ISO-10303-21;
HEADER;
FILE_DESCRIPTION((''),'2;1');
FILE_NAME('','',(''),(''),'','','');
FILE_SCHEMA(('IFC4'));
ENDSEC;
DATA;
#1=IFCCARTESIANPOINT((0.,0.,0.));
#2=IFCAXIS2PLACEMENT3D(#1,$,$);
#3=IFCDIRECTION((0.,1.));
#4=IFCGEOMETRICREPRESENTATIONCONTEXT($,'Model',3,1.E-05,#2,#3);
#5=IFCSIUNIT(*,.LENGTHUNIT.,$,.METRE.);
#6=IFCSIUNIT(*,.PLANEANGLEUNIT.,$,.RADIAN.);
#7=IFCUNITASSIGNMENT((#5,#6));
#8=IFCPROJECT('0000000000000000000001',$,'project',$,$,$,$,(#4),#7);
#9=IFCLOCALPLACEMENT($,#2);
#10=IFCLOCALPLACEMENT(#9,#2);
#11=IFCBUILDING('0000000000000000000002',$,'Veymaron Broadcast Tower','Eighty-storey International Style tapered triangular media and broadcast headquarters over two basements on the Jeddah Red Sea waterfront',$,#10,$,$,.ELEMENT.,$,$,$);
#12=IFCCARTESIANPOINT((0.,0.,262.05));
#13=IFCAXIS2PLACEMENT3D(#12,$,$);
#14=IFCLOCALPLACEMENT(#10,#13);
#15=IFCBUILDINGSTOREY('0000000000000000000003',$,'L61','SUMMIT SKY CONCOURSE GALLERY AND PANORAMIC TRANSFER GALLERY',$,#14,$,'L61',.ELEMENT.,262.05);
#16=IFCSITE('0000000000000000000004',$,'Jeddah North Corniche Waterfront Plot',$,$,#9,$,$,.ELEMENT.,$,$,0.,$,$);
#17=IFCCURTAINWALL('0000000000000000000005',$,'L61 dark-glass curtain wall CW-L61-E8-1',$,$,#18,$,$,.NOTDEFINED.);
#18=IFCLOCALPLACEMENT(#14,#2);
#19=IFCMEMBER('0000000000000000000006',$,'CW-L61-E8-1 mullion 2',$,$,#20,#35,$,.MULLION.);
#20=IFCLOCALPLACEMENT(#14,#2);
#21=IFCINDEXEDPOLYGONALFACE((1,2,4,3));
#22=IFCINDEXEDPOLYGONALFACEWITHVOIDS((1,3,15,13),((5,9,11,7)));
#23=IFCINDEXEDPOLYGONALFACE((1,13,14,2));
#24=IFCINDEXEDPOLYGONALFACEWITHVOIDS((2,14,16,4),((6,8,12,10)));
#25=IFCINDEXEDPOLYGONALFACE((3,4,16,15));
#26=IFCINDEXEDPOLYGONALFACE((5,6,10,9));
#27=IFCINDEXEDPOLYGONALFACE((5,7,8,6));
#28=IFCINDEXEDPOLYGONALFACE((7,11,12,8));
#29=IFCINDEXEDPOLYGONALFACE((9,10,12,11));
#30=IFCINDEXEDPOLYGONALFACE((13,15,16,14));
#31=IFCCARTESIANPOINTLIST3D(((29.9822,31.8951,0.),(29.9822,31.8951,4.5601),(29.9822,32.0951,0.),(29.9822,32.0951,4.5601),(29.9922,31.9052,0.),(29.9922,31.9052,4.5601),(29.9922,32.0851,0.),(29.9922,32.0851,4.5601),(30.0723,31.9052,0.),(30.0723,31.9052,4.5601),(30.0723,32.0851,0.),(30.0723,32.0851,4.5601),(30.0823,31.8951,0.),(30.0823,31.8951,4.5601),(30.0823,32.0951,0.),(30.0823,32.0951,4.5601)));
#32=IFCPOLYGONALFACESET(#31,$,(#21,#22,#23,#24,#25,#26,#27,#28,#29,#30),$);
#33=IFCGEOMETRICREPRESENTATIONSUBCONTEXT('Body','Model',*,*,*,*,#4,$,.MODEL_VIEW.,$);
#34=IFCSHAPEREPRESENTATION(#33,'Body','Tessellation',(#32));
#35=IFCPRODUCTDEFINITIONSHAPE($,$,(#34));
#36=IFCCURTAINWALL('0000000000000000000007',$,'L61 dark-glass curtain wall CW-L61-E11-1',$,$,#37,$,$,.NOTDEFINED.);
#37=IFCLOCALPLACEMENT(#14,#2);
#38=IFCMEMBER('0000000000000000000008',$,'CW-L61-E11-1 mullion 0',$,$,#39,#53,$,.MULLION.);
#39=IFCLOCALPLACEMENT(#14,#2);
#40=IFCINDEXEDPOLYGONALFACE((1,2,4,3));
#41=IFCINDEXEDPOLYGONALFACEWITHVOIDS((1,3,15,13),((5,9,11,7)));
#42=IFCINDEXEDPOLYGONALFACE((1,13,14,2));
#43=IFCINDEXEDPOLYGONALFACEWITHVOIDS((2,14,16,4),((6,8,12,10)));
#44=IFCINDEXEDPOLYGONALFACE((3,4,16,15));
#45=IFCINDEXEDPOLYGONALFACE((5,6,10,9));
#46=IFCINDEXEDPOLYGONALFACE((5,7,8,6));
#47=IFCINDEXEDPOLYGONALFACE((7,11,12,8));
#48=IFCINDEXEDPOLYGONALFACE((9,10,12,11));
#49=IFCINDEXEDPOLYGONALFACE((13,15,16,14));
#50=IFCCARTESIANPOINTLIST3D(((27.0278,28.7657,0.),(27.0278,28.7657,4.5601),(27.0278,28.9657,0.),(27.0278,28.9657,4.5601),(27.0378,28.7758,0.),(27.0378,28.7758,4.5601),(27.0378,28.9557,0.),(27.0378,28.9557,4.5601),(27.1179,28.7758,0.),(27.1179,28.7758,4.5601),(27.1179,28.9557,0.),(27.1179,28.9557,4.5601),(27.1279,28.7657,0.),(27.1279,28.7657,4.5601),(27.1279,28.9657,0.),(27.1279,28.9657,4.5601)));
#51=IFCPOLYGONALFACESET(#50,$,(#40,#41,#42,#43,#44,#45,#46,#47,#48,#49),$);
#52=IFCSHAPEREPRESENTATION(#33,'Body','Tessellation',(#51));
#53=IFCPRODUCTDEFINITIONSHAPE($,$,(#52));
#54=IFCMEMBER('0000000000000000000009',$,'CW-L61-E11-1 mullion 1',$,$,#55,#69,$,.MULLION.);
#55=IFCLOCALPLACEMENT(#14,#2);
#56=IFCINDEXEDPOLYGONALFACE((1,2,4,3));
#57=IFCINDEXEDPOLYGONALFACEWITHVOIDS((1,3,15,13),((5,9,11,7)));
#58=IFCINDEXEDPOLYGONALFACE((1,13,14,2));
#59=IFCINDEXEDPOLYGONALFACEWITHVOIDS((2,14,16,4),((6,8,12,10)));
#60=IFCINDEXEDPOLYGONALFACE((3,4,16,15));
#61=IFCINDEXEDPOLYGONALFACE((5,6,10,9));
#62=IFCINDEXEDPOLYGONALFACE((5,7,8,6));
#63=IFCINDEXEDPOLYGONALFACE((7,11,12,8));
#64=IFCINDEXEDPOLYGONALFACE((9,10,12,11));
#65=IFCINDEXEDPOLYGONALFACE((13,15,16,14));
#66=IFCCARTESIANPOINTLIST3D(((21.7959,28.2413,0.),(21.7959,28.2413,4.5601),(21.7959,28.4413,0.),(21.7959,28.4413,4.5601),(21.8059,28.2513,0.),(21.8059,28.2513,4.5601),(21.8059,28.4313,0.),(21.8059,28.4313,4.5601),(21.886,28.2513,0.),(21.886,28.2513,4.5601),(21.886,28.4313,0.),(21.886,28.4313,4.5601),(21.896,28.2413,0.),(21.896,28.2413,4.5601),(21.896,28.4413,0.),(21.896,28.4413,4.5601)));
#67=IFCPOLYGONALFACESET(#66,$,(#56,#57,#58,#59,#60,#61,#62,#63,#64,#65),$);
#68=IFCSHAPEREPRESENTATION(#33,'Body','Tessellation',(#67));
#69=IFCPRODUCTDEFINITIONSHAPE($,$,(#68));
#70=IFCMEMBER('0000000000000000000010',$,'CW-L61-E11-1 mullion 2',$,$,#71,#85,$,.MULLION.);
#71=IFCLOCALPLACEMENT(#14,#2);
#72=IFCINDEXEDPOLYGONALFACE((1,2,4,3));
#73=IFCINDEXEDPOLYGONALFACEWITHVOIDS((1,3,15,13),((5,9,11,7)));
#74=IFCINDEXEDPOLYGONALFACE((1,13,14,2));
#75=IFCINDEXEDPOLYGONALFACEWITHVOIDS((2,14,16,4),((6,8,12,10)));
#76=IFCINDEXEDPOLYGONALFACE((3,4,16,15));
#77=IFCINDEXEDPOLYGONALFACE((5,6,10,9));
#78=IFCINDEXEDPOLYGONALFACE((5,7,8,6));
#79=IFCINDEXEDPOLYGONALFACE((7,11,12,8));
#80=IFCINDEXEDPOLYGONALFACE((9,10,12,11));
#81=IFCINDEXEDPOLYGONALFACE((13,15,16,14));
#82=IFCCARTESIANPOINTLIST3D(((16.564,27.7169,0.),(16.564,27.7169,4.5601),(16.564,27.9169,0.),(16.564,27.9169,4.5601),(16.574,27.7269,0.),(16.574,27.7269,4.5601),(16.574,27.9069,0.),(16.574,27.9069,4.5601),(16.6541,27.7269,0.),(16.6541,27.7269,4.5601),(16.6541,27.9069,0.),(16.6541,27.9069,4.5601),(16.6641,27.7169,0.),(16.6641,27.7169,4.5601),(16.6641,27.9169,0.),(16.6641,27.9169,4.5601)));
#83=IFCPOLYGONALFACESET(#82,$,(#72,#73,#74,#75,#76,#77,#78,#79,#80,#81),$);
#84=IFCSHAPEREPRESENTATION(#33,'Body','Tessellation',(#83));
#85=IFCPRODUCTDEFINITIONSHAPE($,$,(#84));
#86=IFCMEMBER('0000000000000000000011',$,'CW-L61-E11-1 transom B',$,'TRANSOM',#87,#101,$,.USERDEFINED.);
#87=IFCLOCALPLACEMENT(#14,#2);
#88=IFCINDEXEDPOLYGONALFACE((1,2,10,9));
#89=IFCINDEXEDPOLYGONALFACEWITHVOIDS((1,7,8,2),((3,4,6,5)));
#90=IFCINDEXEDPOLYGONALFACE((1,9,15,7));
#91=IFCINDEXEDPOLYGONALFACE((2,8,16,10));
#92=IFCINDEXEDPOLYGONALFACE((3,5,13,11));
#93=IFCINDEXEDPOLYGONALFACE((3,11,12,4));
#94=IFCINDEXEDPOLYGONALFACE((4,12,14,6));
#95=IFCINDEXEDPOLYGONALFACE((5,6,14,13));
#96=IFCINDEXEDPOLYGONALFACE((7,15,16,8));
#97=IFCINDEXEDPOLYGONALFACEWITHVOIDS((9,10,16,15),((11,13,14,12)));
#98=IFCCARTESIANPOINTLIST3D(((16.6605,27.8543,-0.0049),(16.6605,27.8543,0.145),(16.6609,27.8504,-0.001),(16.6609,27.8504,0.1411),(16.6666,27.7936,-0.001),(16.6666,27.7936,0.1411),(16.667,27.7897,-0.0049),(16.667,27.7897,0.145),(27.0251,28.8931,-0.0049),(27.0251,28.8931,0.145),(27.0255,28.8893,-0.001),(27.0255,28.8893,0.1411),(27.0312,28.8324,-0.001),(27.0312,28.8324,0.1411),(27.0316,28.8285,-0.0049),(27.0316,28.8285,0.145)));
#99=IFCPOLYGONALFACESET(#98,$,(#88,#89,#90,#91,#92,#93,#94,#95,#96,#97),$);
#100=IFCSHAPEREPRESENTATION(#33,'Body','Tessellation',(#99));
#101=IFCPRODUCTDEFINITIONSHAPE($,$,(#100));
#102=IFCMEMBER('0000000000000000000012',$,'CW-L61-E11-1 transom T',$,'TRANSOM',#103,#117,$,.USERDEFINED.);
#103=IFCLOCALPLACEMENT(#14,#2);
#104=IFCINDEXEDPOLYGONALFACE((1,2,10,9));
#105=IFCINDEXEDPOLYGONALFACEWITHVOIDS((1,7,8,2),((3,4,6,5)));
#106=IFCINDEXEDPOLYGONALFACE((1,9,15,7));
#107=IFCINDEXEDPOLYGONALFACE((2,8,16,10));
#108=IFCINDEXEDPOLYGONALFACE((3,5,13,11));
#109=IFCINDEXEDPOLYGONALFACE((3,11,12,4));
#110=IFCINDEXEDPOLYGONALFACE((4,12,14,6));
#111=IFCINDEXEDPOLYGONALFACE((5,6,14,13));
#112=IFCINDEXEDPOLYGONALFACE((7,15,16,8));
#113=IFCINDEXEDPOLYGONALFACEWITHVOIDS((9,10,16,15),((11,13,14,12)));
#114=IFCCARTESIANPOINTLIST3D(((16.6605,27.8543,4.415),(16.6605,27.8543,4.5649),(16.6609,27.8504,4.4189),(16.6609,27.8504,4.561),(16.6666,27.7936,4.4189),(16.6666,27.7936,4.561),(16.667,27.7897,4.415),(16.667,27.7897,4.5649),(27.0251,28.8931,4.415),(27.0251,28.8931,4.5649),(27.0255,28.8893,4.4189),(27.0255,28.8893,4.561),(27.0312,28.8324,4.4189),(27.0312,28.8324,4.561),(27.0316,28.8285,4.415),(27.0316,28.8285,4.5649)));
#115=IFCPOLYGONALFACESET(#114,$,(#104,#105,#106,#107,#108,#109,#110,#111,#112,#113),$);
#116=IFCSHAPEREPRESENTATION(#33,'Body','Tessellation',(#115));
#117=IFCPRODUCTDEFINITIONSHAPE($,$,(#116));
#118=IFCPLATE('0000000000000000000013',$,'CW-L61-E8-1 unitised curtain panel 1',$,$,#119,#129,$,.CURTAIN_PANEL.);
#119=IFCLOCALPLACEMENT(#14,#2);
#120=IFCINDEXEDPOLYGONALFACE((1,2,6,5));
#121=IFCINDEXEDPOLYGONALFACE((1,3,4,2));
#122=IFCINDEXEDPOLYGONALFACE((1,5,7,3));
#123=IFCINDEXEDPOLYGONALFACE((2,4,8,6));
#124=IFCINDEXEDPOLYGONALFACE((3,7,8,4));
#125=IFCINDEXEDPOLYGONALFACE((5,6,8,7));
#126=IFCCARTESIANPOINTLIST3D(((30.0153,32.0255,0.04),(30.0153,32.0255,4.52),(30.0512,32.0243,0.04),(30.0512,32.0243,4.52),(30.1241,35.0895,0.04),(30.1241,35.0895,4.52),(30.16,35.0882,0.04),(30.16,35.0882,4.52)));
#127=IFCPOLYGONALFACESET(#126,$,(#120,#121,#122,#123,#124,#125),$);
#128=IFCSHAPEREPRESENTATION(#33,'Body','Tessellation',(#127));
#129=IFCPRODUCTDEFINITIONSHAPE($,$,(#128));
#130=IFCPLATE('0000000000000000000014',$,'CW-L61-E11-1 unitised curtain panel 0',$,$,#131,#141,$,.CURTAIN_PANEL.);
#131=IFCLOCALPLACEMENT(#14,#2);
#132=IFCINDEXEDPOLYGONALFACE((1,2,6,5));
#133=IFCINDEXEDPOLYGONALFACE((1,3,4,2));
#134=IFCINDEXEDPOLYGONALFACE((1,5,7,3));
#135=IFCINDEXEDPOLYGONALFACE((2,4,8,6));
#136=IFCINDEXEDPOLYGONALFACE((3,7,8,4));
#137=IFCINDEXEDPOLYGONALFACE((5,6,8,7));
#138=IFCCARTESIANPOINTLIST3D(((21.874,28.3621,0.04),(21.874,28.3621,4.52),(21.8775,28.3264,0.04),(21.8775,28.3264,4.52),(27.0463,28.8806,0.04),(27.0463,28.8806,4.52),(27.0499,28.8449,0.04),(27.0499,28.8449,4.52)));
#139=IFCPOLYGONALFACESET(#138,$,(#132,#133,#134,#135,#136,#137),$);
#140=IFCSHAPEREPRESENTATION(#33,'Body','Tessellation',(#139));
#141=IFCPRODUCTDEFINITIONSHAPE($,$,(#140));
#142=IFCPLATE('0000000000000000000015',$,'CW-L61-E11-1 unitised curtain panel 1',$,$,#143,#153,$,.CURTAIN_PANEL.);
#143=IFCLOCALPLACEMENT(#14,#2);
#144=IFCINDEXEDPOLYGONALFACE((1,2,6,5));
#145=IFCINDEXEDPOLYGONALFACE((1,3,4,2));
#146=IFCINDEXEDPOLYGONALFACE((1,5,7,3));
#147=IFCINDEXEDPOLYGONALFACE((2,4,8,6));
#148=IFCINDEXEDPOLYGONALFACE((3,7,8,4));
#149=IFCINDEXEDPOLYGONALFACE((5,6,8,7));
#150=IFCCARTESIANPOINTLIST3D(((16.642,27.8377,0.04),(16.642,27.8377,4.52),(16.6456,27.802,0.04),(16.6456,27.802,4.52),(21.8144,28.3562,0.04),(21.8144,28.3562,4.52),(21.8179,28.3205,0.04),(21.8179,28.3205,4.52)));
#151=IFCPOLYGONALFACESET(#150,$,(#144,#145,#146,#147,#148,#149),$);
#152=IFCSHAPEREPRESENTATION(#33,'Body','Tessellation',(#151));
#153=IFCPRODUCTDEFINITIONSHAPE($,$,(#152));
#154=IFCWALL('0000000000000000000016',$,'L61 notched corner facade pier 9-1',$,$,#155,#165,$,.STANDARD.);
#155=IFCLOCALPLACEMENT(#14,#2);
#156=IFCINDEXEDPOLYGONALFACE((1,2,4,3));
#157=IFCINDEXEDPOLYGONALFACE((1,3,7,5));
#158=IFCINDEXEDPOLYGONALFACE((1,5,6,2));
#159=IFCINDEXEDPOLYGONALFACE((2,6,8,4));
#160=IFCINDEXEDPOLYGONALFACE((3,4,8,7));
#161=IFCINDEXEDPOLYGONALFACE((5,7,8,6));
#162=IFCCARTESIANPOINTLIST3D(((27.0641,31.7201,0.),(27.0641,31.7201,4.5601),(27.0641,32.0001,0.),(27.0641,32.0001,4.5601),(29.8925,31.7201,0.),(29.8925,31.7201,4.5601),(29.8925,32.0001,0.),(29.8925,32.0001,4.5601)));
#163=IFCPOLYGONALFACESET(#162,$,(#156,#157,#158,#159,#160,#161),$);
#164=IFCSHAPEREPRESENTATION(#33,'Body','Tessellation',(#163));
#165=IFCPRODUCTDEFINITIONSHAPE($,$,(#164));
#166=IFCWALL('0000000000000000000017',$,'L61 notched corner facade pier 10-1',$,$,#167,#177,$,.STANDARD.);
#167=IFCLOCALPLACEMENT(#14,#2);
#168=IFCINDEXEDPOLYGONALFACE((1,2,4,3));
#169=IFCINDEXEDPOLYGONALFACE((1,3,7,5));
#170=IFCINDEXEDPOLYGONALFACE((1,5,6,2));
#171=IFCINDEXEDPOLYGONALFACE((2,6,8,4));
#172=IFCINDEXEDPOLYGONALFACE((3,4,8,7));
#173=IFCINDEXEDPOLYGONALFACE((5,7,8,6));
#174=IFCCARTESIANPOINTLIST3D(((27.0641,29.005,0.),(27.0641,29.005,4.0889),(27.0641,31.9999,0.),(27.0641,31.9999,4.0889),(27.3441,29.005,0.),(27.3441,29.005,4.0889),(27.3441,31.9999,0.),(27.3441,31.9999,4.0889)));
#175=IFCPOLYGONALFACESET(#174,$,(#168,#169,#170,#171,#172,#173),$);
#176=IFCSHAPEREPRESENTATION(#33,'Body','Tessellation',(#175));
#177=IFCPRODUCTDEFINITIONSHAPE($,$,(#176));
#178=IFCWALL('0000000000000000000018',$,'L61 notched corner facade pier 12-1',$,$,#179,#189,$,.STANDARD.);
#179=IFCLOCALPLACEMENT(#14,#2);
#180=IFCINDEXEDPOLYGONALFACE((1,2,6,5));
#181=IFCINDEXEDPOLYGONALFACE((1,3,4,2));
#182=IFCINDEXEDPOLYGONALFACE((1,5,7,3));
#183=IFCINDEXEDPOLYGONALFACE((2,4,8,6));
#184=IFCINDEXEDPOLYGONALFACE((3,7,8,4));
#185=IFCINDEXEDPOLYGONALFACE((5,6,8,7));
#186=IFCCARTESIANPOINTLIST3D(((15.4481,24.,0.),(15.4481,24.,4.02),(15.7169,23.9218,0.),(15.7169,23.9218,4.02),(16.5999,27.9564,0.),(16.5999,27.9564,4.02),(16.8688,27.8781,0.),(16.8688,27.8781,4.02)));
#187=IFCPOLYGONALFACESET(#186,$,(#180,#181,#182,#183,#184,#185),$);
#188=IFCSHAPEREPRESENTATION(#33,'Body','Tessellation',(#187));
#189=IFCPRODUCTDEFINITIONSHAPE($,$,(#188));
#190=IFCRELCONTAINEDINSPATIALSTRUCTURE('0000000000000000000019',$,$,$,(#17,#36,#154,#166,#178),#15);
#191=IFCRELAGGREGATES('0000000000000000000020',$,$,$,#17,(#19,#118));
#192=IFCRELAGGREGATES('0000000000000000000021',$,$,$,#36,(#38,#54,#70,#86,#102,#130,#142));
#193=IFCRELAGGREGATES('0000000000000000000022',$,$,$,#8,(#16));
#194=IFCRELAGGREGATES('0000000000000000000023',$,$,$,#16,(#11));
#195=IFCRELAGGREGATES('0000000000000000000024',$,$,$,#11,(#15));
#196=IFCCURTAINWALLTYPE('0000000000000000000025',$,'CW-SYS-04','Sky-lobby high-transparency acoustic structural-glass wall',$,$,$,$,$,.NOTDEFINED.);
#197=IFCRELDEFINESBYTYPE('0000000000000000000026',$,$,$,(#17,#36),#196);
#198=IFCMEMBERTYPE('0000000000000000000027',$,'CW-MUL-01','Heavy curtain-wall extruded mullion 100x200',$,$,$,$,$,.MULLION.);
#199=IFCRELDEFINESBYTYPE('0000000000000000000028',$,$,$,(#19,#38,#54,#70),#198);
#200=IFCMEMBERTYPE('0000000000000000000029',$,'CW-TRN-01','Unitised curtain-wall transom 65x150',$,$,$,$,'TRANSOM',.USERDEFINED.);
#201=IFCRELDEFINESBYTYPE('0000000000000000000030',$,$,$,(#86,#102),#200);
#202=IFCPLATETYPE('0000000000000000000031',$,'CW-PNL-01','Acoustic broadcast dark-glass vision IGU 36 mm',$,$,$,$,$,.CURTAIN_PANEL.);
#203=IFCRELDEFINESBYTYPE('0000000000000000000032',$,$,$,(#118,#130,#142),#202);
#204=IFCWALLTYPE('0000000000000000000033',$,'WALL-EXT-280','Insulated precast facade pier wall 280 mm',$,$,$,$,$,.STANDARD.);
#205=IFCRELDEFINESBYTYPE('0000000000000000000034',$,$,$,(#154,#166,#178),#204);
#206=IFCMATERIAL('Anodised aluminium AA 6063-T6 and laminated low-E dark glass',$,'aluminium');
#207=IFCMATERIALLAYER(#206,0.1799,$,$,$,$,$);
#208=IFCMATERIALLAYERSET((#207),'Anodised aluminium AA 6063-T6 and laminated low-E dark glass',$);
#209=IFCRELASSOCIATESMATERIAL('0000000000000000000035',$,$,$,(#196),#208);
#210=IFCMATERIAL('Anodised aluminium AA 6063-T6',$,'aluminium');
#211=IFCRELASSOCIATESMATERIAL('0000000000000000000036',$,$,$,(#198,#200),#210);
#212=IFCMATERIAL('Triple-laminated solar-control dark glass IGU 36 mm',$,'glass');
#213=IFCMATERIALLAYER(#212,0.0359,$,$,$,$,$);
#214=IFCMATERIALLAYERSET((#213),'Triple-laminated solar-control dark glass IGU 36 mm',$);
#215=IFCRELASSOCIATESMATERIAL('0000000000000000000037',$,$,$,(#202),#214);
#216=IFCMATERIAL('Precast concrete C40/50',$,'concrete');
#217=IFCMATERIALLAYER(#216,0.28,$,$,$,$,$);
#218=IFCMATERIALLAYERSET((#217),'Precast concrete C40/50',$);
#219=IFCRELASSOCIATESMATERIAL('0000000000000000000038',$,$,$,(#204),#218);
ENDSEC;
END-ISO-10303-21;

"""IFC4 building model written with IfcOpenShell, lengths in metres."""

from ifc_helpers import new_model, si_unit, direction, frame, frame_2d, origin, origin_2d, place, context, subcontext, project, spatial, rectangle, hollow_rectangle, extrude, material, layer, layer_set, material_profile, profile_set, type_object, element, aggregate, save


model = new_model("IFC4")

# Units and contexts
model_context = context("Model", 3, precision=1e-05, world=origin(), true_north=direction((0.0, 1.0)))
body_context = subcontext(model_context, "Body", "Model", "MODEL_VIEW")
ifc_project = project(units=[si_unit("LENGTHUNIT", "METRE"), si_unit("PLANEANGLEUNIT", "RADIAN")], contexts=[model_context])

# Site, building, storey
site_placement = place(None, origin())
site = spatial("IfcSite", under=ifc_project, at=site_placement, Name="Jeddah North Corniche Waterfront Plot", CompositionType="ELEMENT", RefElevation=0.0)
building_placement = place(site_placement, origin())
building = spatial("IfcBuilding", under=site, at=building_placement, Name="Veymaron Broadcast Tower", Description="Eighty-storey International Style tapered triangular media and broadcast headquarters over two basements on the Jeddah Red Sea waterfront", CompositionType="ELEMENT")
storey_placement = place(building_placement, frame((0.0, 0.0, 262.05)))
storey = spatial("IfcBuildingStorey", under=building, at=storey_placement, Name="L61", Description="SUMMIT SKY CONCOURSE GALLERY AND PANORAMIC TRANSFER GALLERY", LongName="L61", CompositionType="ELEMENT", Elevation=262.05)

# Curtain wall, member
ifc_material_1 = material(Name="Anodised aluminium AA 6063-T6 and laminated low-E dark glass", Category="aluminium")
ifc_layer_1 = layer(ifc_material_1, 0.1799)
ifc_layer_set_1 = layer_set([ifc_layer_1], Name="Anodised aluminium AA 6063-T6 and laminated low-E dark glass")
curtain_wall_type = type_object("IfcCurtainWallType", Name="CW-SYS-04", Description="Sky-lobby high-transparency acoustic structural-glass wall", PredefinedType="NOTDEFINED", material=ifc_layer_set_1)
curtain_wall_1_placement = place(storey_placement, origin())
curtain_wall_1 = element("IfcCurtainWall", 1, at=curtain_wall_1_placement, inside=storey, type_object=curtain_wall_type, Name="L61 dark-glass curtain wall CW-L61-E8-1", PredefinedType="NOTDEFINED")
ifc_material_2 = material(Name="Anodised aluminium AA 6063-T6", Category="aluminium")
ifc_material_profile_1 = material_profile(ifc_material_2, hollow_rectangle(XDim=0.1001, YDim=0.2, WallThickness=0.01, at=origin_2d()), Name="RHS200X100X10")
ifc_profile_set_1 = profile_set([ifc_material_profile_1], Name="Anodised aluminium AA 6063-T6")
member_type_1 = type_object("IfcMemberType", Name="CW-MUL-01", Description="Heavy curtain-wall extruded mullion 100x200", PredefinedType="MULLION", material=ifc_profile_set_1)
member_1_placement = place(storey_placement, frame((30.0322, 31.9951, 0.0), z_axis=(0.0, 0.0, 1.0), x_axis=(1.0, 0.0, 0.0)))
member_1 = element("IfcMember", 2, at=member_1_placement, type_object=member_type_1, Name="CW-L61-E8-1 mullion 2", PredefinedType="MULLION", context=body_context, shape_type="SweptSolid", body=[
    extrude(hollow_rectangle(XDim=0.1001, YDim=0.2, WallThickness=0.01, at=origin_2d()), origin(), (0.0, 0.0, 1.0), 4.5601),
])

# Curtain wall, members
curtain_wall_2_placement = place(storey_placement, origin())
curtain_wall_2 = element("IfcCurtainWall", 3, at=curtain_wall_2_placement, inside=storey, type_object=curtain_wall_type, Name="L61 dark-glass curtain wall CW-L61-E11-1", PredefinedType="NOTDEFINED")
member_2_placement = place(storey_placement, frame((27.0779, 28.8657, 0.0), z_axis=(0.0, 0.0, 1.0), x_axis=(1.0, 0.0, 0.0)))
member_2 = element("IfcMember", 4, at=member_2_placement, type_object=member_type_1, Name="CW-L61-E11-1 mullion 0", PredefinedType="MULLION", context=body_context, shape_type="SweptSolid", body=[
    extrude(hollow_rectangle(XDim=0.1001, YDim=0.2, WallThickness=0.01, at=origin_2d()), origin(), (0.0, 0.0, 1.0), 4.5601),
])
member_3_placement = place(storey_placement, frame((21.8459, 28.3413, 0.0), z_axis=(0.0, 0.0, 1.0), x_axis=(1.0, 0.0, 0.0)))
member_3 = element("IfcMember", 5, at=member_3_placement, type_object=member_type_1, Name="CW-L61-E11-1 mullion 1", PredefinedType="MULLION", context=body_context, shape_type="SweptSolid", body=[
    extrude(hollow_rectangle(XDim=0.1001, YDim=0.2, WallThickness=0.01, at=origin_2d()), origin(), (0.0, 0.0, 1.0), 4.5601),
])
member_4_placement = place(storey_placement, frame((16.614, 27.8169, 0.0), z_axis=(0.0, 0.0, 1.0), x_axis=(1.0, 0.0, 0.0)))
member_4 = element("IfcMember", 6, at=member_4_placement, type_object=member_type_1, Name="CW-L61-E11-1 mullion 2", PredefinedType="MULLION", context=body_context, shape_type="SweptSolid", body=[
    extrude(hollow_rectangle(XDim=0.1001, YDim=0.2, WallThickness=0.01, at=origin_2d()), origin(), (0.0, 0.0, 1.0), 4.5601),
])
ifc_material_profile_2 = material_profile(ifc_material_2, hollow_rectangle(XDim=0.0649, YDim=0.1499, WallThickness=0.0039, at=origin_2d()), Name="AL150X65X4")
ifc_profile_set_2 = profile_set([ifc_material_profile_2], Name="Anodised aluminium AA 6063-T6")
member_type_2 = type_object("IfcMemberType", Name="CW-TRN-01", Description="Unitised curtain-wall transom 65x150", ElementType="TRANSOM", PredefinedType="USERDEFINED", material=ifc_profile_set_2)
member_5_placement = place(storey_placement, frame((27.0283, 28.8608, 0.0701), z_axis=(-0.995015, -0.099729, 0.0), x_axis=(0.099729, -0.995015, 0.0)))
member_5 = element("IfcMember", 7, at=member_5_placement, type_object=member_type_2, Name="CW-L61-E11-1 transom B", ObjectType="TRANSOM", PredefinedType="USERDEFINED", context=body_context, shape_type="SweptSolid", body=[
    extrude(hollow_rectangle(XDim=0.0649, YDim=0.1499, WallThickness=0.0039, at=origin_2d()), origin(), (0.0, 0.0, 1.0), 10.4165),
])
member_6_placement = place(storey_placement, frame((27.0283, 28.8608, 4.49), z_axis=(-0.995015, -0.099729, 0.0), x_axis=(0.099729, -0.995015, 0.0)))
member_6 = element("IfcMember", 8, at=member_6_placement, type_object=member_type_2, Name="CW-L61-E11-1 transom T", ObjectType="TRANSOM", PredefinedType="USERDEFINED", context=body_context, shape_type="SweptSolid", body=[
    extrude(hollow_rectangle(XDim=0.0649, YDim=0.1499, WallThickness=0.0039, at=origin_2d()), origin(), (0.0, 0.0, 1.0), 10.4165),
])

# Plates
ifc_material_3 = material(Name="Triple-laminated solar-control dark glass IGU 36 mm", Category="glass")
ifc_layer_2 = layer(ifc_material_3, 0.0359)
ifc_layer_set_2 = layer_set([ifc_layer_2], Name="Triple-laminated solar-control dark glass IGU 36 mm")
plate_type = type_object("IfcPlateType", Name="CW-PNL-01", Description="Acoustic broadcast dark-glass vision IGU 36 mm", PredefinedType="CURTAIN_PANEL", material=ifc_layer_set_2)
plate_1_placement = place(storey_placement, frame((30.0876, 33.5569, 0.04), z_axis=(0.0, 0.0, 1.0), x_axis=(-0.035475, -0.999371, 0.0)))
plate_1 = element("IfcPlate", 9, at=plate_1_placement, type_object=plate_type, Name="CW-L61-E8-1 unitised curtain panel 1", PredefinedType="CURTAIN_PANEL", context=body_context, shape_type="SweptSolid", body=[
    extrude(rectangle(XDim=3.0659, YDim=0.0359, at=origin_2d()), origin(), (0.0, 0.0, 1.0), 4.48),
])
aggregate(curtain_wall_1, [member_1, plate_1])
plate_2_placement = place(storey_placement, frame((24.4619, 28.6035, 0.04), z_axis=(0.0, 0.0, 1.0), x_axis=(-0.995014, -0.099737, 0.0)))
plate_2 = element("IfcPlate", 10, at=plate_2_placement, type_object=plate_type, Name="CW-L61-E11-1 unitised curtain panel 0", PredefinedType="CURTAIN_PANEL", context=body_context, shape_type="SweptSolid", body=[
    extrude(rectangle(XDim=5.1982, YDim=0.0359, at=origin_2d()), origin(), (0.0, 0.0, 1.0), 4.48),
])
plate_3_placement = place(storey_placement, frame((19.23, 28.0791, 0.04), z_axis=(0.0, 0.0, 1.0), x_axis=(-0.995014, -0.099737, 0.0)))
plate_3 = element("IfcPlate", 11, at=plate_3_placement, type_object=plate_type, Name="CW-L61-E11-1 unitised curtain panel 1", PredefinedType="CURTAIN_PANEL", context=body_context, shape_type="SweptSolid", body=[
    extrude(rectangle(XDim=5.1982, YDim=0.0359, at=origin_2d()), origin(), (0.0, 0.0, 1.0), 4.48),
])
aggregate(curtain_wall_2, [member_2, member_3, member_4, member_5, member_6, plate_2, plate_3])

# Walls
ifc_material_4 = material(Name="Precast concrete C40/50", Category="concrete")
ifc_layer_3 = layer(ifc_material_4, 0.28)
ifc_layer_set_3 = layer_set([ifc_layer_3], Name="Precast concrete C40/50")
wall_type_1 = type_object("IfcWallType", Name="WALL-EXT-280", Description="Insulated precast facade pier wall 280 mm", PredefinedType="STANDARD", material=ifc_layer_set_3)
wall_1_placement = place(storey_placement, frame((29.8923, 31.8601, 0.0), z_axis=(0.0, 0.0, 1.0), x_axis=(-1.0, 0.0, 0.0)))
element("IfcWall", 12, at=wall_1_placement, inside=storey, type_object=wall_type_1, Name="L61 notched corner facade pier 9-1", PredefinedType="STANDARD", context=body_context, shape_type="SweptSolid", body=[
    extrude(rectangle(XDim=2.8284, YDim=0.28, at=frame_2d((1.4141, 0.0))), origin(), (0.0, 0.0, 1.0), 4.5601),
])
wall_2_placement = place(storey_placement, frame((27.2041, 32.0, 0.0), z_axis=(0.0, 0.0, 1.0), x_axis=(0.0, -1.0, 0.0)))
element("IfcWall", 13, at=wall_2_placement, inside=storey, type_object=wall_type_1, Name="L61 notched corner facade pier 10-1", PredefinedType="STANDARD", context=body_context, shape_type="SweptSolid", body=[
    extrude(rectangle(XDim=2.9949, YDim=0.28, at=frame_2d((1.4976, 0.0))), origin(), (0.0, 0.0, 1.0), 4.0889),
])
for number, where, z_axis, x_axis, name in (
    (14, (16.7344, 27.9172, 0.0), (0.0, 0.0, 1.0), (-0.279538, -0.960135, 0.0), "L61 notched corner facade pier 12-1"),
):
    element("IfcWall", number, at=place(storey_placement, frame(where, z_axis=z_axis, x_axis=x_axis)), inside=storey, type_object=wall_type_1, Name=name, PredefinedType="STANDARD", context=body_context, shape_type="SweptSolid", body=[
        extrude(rectangle(XDim=4.1206, YDim=0.28, at=frame_2d((2.0603, 0.0))), origin(), (0.0, 0.0, 1.0), 4.02),
    ])

save(model, "model.ifc")
